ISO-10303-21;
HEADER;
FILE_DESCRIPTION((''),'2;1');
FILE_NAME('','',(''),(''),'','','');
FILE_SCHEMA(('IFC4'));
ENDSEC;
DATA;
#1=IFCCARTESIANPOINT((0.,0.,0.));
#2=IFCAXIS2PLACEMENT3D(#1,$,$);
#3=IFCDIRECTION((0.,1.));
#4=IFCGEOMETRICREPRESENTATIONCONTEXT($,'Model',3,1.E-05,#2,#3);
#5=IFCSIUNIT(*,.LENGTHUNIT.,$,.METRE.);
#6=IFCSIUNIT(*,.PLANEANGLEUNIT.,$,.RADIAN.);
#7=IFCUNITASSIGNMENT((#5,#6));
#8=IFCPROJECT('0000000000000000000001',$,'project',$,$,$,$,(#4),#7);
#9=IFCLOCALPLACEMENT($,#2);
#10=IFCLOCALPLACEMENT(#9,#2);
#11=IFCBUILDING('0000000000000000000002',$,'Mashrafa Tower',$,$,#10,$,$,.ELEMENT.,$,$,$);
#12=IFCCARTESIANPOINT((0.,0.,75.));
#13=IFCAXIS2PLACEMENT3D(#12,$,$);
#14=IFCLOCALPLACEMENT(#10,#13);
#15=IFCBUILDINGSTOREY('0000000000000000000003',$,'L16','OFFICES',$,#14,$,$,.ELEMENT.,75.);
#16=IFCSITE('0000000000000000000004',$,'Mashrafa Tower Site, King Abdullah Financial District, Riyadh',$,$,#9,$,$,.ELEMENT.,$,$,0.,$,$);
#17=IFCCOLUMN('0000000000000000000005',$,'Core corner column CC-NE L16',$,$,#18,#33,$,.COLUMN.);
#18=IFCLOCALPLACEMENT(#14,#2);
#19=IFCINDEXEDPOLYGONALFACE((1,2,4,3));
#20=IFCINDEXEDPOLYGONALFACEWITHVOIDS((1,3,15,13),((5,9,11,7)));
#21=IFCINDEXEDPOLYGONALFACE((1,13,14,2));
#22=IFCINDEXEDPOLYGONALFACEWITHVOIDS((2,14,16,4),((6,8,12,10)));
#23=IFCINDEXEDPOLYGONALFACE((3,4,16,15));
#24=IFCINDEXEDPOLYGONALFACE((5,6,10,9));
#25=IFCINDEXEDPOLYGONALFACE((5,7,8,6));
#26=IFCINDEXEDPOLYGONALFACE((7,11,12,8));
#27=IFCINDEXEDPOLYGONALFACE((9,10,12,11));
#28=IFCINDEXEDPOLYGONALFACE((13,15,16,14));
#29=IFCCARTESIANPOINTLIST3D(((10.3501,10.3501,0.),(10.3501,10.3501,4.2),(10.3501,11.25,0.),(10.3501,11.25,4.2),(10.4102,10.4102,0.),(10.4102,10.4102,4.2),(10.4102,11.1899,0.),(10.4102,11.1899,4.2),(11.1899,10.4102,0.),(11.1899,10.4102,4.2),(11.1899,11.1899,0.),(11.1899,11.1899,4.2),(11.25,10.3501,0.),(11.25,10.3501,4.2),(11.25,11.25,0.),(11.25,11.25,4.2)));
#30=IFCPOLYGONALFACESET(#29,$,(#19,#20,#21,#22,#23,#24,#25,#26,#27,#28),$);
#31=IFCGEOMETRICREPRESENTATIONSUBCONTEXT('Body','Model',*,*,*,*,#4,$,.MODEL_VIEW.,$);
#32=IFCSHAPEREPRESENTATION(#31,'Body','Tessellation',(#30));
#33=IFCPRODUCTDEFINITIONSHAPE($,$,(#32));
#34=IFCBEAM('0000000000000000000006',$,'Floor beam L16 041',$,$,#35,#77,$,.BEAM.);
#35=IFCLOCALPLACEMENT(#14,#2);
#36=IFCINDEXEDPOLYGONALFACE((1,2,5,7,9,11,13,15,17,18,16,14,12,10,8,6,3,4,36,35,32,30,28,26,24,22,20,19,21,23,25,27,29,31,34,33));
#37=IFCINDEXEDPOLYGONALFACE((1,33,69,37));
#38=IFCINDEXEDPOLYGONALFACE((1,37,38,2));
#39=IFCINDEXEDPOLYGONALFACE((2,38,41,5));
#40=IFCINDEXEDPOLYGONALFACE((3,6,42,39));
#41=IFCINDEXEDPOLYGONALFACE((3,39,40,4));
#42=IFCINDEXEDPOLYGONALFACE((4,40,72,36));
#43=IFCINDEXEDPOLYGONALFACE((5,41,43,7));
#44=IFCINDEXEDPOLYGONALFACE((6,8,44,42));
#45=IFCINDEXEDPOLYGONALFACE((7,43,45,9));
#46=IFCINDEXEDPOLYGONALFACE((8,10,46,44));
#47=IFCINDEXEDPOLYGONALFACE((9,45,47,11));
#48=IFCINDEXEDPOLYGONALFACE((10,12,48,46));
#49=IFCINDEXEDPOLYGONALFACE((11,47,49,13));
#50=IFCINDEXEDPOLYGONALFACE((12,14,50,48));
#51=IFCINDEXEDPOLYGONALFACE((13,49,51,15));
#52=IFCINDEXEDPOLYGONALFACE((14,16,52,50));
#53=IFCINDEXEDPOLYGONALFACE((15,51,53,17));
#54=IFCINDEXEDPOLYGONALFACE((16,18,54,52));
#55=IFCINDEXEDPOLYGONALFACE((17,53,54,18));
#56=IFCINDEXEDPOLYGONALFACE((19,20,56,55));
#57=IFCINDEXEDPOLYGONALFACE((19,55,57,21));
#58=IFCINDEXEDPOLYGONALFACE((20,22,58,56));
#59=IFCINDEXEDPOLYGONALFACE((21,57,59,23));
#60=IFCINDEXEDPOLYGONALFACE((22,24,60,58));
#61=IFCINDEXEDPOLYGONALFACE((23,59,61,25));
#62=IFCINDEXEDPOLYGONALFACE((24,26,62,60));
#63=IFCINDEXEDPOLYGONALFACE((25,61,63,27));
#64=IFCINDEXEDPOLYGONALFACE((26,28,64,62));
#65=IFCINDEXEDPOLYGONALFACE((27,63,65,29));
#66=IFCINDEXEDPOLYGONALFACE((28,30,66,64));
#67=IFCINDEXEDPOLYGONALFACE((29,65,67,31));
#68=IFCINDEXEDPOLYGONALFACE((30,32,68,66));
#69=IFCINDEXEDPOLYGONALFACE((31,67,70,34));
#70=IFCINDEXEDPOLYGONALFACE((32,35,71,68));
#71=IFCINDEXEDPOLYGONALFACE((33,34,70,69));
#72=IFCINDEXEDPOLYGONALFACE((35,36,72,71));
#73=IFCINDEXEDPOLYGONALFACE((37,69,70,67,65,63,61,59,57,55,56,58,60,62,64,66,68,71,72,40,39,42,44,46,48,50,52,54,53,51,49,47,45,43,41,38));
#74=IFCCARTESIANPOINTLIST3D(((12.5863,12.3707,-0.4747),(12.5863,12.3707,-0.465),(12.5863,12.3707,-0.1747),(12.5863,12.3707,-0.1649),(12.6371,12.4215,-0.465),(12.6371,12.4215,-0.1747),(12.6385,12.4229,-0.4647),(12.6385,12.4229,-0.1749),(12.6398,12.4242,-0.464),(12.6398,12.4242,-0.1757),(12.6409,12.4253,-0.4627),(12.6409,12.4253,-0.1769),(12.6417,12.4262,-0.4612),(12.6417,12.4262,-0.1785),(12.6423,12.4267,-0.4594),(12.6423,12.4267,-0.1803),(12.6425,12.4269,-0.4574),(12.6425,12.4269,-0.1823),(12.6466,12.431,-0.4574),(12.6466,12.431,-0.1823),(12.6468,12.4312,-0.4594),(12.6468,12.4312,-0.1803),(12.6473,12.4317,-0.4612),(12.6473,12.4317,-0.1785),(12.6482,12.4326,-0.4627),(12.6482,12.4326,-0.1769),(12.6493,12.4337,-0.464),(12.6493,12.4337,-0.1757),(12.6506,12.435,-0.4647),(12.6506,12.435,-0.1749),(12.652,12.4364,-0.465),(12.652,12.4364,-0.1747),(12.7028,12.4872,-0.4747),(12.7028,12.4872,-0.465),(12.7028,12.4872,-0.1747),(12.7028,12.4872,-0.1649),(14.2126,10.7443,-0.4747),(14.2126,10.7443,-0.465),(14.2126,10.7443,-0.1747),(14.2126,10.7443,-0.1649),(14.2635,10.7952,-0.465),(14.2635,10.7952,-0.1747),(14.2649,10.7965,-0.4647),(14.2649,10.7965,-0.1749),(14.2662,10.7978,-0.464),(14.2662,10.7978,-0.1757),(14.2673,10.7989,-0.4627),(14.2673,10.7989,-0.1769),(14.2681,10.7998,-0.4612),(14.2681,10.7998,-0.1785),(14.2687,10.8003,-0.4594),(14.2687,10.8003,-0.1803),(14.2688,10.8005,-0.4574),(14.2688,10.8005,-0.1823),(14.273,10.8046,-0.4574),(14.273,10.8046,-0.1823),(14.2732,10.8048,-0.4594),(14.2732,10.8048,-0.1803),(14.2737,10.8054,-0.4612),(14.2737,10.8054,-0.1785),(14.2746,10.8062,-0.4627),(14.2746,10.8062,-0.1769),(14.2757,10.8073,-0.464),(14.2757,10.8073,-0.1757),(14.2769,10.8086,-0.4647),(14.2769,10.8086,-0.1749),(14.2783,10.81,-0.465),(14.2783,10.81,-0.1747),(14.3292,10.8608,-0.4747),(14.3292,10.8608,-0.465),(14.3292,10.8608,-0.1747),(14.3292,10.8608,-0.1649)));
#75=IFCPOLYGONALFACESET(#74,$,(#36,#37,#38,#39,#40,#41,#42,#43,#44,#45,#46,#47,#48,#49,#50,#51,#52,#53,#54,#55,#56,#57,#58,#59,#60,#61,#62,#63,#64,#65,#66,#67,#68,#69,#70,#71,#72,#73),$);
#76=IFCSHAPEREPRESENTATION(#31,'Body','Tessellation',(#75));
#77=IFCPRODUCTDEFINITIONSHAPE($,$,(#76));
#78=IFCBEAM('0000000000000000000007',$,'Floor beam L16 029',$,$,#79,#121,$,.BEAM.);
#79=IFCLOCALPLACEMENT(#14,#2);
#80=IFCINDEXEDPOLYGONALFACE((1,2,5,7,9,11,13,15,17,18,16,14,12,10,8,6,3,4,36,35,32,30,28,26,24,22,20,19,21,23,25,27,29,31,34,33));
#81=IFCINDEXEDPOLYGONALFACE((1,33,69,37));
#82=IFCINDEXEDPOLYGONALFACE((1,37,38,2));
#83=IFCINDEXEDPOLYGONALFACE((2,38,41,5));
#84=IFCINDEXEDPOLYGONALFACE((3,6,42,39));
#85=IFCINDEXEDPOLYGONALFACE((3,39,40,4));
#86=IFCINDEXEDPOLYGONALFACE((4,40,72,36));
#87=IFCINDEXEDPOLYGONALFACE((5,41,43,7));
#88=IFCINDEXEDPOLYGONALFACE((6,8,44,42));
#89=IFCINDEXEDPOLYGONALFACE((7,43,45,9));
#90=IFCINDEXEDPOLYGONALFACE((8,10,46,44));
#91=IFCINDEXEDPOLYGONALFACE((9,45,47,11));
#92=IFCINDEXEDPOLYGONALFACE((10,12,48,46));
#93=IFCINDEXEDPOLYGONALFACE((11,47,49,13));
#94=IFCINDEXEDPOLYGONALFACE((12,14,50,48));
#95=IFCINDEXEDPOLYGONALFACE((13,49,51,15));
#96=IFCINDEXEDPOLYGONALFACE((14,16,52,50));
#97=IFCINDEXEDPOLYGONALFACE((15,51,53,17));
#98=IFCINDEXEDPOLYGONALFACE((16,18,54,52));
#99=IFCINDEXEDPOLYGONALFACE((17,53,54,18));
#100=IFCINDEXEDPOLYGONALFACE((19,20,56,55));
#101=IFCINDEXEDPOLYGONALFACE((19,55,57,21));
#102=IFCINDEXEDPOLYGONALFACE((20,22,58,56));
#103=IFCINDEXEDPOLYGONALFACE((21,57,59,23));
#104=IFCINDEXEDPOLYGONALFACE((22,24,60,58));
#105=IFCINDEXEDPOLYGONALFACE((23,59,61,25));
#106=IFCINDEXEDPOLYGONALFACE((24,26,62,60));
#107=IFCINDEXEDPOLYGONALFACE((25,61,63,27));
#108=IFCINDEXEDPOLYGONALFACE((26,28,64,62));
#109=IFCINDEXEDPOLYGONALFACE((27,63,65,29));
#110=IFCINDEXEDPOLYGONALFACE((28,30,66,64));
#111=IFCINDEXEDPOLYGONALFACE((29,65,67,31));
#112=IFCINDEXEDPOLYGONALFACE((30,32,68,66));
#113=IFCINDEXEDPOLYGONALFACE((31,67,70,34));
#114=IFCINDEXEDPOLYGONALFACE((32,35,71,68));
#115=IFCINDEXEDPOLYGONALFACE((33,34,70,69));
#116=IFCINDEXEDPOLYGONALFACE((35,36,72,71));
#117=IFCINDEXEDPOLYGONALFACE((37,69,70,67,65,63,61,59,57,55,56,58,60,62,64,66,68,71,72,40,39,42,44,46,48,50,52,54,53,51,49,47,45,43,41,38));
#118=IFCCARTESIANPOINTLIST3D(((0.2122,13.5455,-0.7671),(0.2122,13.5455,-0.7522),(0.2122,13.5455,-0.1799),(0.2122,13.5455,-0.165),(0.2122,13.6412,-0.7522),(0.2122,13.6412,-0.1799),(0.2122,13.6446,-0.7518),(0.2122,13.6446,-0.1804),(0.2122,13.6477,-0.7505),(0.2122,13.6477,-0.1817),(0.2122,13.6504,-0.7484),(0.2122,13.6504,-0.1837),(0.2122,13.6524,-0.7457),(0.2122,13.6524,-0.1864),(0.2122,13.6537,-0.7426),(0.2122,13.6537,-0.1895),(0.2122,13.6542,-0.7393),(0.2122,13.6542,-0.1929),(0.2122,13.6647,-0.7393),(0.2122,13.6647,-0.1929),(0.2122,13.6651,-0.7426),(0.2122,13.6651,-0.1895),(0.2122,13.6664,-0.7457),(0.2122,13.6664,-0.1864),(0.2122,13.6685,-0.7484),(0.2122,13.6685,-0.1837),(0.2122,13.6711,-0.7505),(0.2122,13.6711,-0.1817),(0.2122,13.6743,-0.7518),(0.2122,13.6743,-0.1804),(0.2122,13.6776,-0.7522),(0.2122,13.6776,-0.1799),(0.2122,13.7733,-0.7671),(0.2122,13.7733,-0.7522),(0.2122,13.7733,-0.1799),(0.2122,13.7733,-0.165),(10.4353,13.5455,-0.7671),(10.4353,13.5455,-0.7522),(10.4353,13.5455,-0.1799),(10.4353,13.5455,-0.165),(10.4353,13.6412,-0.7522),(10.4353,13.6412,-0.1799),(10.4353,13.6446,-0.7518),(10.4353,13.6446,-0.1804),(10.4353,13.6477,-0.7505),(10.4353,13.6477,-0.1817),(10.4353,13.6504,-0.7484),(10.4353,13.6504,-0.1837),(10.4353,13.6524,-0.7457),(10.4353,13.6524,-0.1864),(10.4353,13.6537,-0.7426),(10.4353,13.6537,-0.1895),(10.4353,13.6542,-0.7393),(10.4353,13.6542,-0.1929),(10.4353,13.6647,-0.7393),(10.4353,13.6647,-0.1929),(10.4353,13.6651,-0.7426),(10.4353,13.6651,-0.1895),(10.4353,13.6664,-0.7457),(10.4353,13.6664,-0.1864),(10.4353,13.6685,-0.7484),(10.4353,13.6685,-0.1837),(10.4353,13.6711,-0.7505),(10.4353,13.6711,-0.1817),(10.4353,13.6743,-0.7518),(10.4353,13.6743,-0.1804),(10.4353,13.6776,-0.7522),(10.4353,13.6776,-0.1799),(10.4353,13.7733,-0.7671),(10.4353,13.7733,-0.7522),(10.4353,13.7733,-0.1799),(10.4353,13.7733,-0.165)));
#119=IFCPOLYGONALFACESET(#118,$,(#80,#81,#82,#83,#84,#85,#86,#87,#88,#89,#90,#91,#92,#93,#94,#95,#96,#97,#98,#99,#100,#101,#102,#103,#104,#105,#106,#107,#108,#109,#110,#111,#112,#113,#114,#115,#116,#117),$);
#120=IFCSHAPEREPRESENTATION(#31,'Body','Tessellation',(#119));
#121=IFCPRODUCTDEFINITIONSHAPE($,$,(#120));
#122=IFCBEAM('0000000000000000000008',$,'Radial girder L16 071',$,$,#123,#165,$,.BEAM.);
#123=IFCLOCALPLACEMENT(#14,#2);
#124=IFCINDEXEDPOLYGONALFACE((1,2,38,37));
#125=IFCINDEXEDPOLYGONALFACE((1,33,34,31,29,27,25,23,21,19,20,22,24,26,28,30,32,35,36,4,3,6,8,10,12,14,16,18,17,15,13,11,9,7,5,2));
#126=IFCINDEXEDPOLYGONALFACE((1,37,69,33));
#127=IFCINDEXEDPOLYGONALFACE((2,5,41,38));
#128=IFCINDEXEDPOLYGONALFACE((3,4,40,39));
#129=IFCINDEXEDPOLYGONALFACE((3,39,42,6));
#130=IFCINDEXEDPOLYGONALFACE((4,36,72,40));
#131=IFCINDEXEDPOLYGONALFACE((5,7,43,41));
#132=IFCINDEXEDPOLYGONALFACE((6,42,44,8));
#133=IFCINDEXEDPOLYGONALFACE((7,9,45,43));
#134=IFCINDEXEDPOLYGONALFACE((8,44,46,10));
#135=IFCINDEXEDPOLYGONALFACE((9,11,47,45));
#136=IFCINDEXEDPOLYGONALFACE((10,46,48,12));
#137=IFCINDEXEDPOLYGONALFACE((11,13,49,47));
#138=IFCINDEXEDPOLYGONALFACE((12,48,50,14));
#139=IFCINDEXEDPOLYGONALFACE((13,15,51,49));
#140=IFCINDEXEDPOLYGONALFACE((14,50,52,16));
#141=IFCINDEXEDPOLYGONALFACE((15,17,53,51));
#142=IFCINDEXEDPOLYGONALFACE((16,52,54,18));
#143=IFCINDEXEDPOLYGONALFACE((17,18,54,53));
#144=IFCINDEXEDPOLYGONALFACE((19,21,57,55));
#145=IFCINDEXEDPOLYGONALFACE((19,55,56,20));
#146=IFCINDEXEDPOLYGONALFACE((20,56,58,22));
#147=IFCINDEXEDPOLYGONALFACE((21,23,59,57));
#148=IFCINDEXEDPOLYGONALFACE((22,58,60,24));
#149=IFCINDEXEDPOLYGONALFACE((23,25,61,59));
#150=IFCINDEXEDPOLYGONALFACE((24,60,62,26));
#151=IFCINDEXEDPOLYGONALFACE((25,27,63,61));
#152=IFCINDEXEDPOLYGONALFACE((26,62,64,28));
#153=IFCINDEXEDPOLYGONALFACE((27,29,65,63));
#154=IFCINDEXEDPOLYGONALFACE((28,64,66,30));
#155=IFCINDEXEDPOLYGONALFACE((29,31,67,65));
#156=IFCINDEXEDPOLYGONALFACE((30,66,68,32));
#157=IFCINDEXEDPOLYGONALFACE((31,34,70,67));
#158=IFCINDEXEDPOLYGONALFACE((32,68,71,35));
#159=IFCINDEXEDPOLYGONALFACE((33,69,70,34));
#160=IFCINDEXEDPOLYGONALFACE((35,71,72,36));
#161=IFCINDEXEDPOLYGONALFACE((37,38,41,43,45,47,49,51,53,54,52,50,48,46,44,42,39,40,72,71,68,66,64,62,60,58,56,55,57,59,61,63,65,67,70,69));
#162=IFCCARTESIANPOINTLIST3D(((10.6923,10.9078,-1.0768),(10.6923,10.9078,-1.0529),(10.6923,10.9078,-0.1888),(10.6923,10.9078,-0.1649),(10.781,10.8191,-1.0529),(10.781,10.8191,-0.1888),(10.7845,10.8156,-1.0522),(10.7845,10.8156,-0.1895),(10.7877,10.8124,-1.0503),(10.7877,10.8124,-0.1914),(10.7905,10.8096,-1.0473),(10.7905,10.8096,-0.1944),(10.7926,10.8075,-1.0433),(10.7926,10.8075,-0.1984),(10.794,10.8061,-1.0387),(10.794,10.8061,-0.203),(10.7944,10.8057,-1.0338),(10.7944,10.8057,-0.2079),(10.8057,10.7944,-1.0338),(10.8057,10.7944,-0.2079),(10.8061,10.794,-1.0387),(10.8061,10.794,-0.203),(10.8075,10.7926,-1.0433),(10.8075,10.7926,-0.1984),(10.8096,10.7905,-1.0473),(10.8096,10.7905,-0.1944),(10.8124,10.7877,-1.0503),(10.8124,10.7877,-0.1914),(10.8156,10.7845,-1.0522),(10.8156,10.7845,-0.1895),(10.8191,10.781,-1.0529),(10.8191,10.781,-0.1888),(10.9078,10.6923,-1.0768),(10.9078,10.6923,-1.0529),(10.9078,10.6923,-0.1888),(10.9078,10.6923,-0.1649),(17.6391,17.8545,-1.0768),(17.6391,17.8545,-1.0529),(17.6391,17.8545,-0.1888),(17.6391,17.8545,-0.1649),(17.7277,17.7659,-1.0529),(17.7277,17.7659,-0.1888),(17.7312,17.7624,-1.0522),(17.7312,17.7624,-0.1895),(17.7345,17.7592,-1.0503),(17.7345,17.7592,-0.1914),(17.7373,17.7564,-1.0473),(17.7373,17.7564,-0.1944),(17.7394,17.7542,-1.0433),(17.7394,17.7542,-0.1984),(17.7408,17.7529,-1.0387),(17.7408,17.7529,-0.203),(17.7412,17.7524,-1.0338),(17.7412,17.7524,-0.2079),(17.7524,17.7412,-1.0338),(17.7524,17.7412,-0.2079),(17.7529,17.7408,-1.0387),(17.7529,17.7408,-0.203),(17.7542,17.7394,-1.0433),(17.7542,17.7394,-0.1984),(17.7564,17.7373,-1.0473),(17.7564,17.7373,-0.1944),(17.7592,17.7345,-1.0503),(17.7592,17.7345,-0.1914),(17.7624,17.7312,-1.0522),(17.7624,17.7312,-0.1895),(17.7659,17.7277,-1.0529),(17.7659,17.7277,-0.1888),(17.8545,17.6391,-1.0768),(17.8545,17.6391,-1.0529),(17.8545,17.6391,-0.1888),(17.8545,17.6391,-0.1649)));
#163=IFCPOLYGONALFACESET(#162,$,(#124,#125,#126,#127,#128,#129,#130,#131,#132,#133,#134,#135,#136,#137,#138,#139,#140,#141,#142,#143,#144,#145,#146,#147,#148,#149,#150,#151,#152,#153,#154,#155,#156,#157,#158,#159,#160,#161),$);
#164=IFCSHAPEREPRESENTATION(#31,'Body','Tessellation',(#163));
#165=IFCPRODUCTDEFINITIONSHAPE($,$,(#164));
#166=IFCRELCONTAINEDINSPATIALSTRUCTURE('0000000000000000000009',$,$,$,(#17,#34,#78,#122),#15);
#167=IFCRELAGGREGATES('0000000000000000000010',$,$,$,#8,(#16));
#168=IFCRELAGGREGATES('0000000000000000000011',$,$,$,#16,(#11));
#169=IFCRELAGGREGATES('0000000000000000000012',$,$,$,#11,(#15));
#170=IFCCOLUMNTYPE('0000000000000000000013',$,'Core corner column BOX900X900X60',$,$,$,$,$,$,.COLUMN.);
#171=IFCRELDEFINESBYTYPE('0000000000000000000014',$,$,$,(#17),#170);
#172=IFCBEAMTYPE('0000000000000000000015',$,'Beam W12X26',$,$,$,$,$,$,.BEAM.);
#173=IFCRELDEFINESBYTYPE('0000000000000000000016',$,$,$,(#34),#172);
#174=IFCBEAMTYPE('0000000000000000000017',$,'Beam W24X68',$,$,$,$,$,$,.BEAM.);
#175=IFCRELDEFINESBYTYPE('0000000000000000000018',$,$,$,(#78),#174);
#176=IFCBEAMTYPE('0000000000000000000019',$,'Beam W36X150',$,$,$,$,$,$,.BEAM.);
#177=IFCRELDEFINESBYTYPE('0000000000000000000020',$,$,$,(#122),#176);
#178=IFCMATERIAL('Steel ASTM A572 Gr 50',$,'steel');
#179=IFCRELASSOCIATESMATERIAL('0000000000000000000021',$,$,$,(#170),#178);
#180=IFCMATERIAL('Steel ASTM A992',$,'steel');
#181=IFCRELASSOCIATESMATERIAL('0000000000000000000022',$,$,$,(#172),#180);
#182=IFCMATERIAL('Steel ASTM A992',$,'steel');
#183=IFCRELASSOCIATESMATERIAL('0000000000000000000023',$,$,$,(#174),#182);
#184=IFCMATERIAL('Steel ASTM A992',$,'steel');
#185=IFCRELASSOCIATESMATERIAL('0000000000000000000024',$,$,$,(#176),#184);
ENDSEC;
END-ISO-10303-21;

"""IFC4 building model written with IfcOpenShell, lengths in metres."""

from ifc_helpers import new_model, si_unit, direction, frame, origin, origin_2d, place, context, subcontext, project, spatial, hollow_rectangle, i_section, extrude, material, material_profile, profile_set, type_object, element, save


model = new_model("IFC4")

# Units and contexts
model_context = context("Model", 3, precision=1e-05, world=origin(), true_north=direction((0.0, 1.0)))
body_context = subcontext(model_context, "Body", "Model", "MODEL_VIEW")
ifc_project = project(units=[si_unit("LENGTHUNIT", "METRE"), si_unit("PLANEANGLEUNIT", "RADIAN")], contexts=[model_context])

# Site, building, storey
site_placement = place(None, origin())
site = spatial("IfcSite", under=ifc_project, at=site_placement, Name="Mashrafa Tower Site, King Abdullah Financial District, Riyadh", CompositionType="ELEMENT", RefElevation=0.0)
building_placement = place(site_placement, origin())
building = spatial("IfcBuilding", under=site, at=building_placement, Name="Mashrafa Tower", CompositionType="ELEMENT")
storey_placement = place(building_placement, frame((0.0, 0.0, 75.0)))
storey = spatial("IfcBuildingStorey", under=building, at=storey_placement, Name="L16", Description="OFFICES", CompositionType="ELEMENT", Elevation=75.0)

# Column
ifc_material_1 = material(Name="Steel ASTM A572 Gr 50", Category="steel")
ifc_material_profile_1 = material_profile(ifc_material_1, hollow_rectangle(XDim=0.8999, YDim=0.8999, WallThickness=0.0601, at=origin_2d()), Name="BOX900X900X60")
ifc_profile_set_1 = profile_set([ifc_material_profile_1], Name="Steel ASTM A572 Gr 50")
column_type = type_object("IfcColumnType", Name="Core corner column BOX900X900X60", PredefinedType="COLUMN", material=ifc_profile_set_1)
column_placement = place(storey_placement, frame((10.8, 10.8, 0.0), z_axis=(0.0, 0.0, 1.0), x_axis=(1.0, 0.0, 0.0)))
element("IfcColumn", 1, at=column_placement, inside=storey, type_object=column_type, Name="Core corner column CC-NE L16", PredefinedType="COLUMN", context=body_context, shape_type="SweptSolid", body=[
    extrude(hollow_rectangle(XDim=0.8999, YDim=0.8999, WallThickness=0.0601, at=origin_2d()), origin(), (0.0, 0.0, 1.0), 4.2),
])

# Beams
ifc_material_2 = material(Name="Steel ASTM A992", Category="steel")
ifc_material_profile_2 = material_profile(ifc_material_2, i_section(OverallWidth=0.1648, OverallDepth=0.3098, WebThickness=0.0059, FlangeThickness=0.0098, FilletRadius=0.0076, at=origin_2d()), Name="W12X26")
ifc_profile_set_2 = profile_set([ifc_material_profile_2], Name="Steel ASTM A992")
beam_type_1 = type_object("IfcBeamType", Name="Beam W12X26", PredefinedType="BEAM", material=ifc_profile_set_2)
beam_1_placement = place(storey_placement, frame((12.6445, 12.429, -0.3198), z_axis=(0.707107, -0.707107, 0.0), x_axis=(0.707107, 0.707107, 0.0)))
element("IfcBeam", 2, at=beam_1_placement, inside=storey, type_object=beam_type_1, Name="Floor beam L16 041", PredefinedType="BEAM", context=body_context, shape_type="SweptSolid", body=[
    extrude(i_section(OverallWidth=0.1648, OverallDepth=0.3098, WebThickness=0.0059, FlangeThickness=0.0098, FilletRadius=0.0076, at=origin_2d()), origin(), (0.0, 0.0, 1.0), 2.3),
])
ifc_material_3 = material(Name="Steel ASTM A992", Category="steel")
ifc_material_profile_3 = material_profile(ifc_material_3, i_section(OverallWidth=0.2278, OverallDepth=0.6021, WebThickness=0.0105, FlangeThickness=0.0149, FilletRadius=0.0129, at=origin_2d()), Name="W24X68")
ifc_profile_set_3 = profile_set([ifc_material_profile_3], Name="Steel ASTM A992")
beam_type_2 = type_object("IfcBeamType", Name="Beam W24X68", PredefinedType="BEAM", material=ifc_profile_set_3)
beam_2_placement = place(storey_placement, frame((0.2122, 13.6594, -0.4661), z_axis=(1.0, 0.0, 0.0), x_axis=(0.0, 1.0, 0.0)))
element("IfcBeam", 3, at=beam_2_placement, inside=storey, type_object=beam_type_2, Name="Floor beam L16 029", PredefinedType="BEAM", context=body_context, shape_type="SweptSolid", body=[
    extrude(i_section(OverallWidth=0.2278, OverallDepth=0.6021, WebThickness=0.0105, FlangeThickness=0.0149, FilletRadius=0.0129, at=origin_2d()), origin(), (0.0, 0.0, 1.0), 10.2231),
])
ifc_material_4 = material(Name="Steel ASTM A992", Category="steel")
ifc_material_profile_4 = material_profile(ifc_material_4, i_section(OverallWidth=0.3047, OverallDepth=0.9119, WebThickness=0.0159, FlangeThickness=0.0239, FilletRadius=0.019, at=origin_2d()), Name="W36X150")
ifc_profile_set_4 = profile_set([ifc_material_profile_4], Name="Steel ASTM A992")
beam_type_3 = type_object("IfcBeamType", Name="Beam W36X150", PredefinedType="BEAM", material=ifc_profile_set_4)
beam_3_placement = place(storey_placement, frame((10.8, 10.8, -0.6208), z_axis=(0.707107, 0.707107, 0.0), x_axis=(-0.707107, 0.707107, 0.0)))
element("IfcBeam", 4, at=beam_3_placement, inside=storey, type_object=beam_type_3, Name="Radial girder L16 071", PredefinedType="BEAM", context=body_context, shape_type="SweptSolid", body=[
    extrude(i_section(OverallWidth=0.3047, OverallDepth=0.9119, WebThickness=0.0159, FlangeThickness=0.0239, FilletRadius=0.019, at=origin_2d()), origin(), (0.0, 0.0, 1.0), 9.8242),
])

save(model, "model.ifc")
